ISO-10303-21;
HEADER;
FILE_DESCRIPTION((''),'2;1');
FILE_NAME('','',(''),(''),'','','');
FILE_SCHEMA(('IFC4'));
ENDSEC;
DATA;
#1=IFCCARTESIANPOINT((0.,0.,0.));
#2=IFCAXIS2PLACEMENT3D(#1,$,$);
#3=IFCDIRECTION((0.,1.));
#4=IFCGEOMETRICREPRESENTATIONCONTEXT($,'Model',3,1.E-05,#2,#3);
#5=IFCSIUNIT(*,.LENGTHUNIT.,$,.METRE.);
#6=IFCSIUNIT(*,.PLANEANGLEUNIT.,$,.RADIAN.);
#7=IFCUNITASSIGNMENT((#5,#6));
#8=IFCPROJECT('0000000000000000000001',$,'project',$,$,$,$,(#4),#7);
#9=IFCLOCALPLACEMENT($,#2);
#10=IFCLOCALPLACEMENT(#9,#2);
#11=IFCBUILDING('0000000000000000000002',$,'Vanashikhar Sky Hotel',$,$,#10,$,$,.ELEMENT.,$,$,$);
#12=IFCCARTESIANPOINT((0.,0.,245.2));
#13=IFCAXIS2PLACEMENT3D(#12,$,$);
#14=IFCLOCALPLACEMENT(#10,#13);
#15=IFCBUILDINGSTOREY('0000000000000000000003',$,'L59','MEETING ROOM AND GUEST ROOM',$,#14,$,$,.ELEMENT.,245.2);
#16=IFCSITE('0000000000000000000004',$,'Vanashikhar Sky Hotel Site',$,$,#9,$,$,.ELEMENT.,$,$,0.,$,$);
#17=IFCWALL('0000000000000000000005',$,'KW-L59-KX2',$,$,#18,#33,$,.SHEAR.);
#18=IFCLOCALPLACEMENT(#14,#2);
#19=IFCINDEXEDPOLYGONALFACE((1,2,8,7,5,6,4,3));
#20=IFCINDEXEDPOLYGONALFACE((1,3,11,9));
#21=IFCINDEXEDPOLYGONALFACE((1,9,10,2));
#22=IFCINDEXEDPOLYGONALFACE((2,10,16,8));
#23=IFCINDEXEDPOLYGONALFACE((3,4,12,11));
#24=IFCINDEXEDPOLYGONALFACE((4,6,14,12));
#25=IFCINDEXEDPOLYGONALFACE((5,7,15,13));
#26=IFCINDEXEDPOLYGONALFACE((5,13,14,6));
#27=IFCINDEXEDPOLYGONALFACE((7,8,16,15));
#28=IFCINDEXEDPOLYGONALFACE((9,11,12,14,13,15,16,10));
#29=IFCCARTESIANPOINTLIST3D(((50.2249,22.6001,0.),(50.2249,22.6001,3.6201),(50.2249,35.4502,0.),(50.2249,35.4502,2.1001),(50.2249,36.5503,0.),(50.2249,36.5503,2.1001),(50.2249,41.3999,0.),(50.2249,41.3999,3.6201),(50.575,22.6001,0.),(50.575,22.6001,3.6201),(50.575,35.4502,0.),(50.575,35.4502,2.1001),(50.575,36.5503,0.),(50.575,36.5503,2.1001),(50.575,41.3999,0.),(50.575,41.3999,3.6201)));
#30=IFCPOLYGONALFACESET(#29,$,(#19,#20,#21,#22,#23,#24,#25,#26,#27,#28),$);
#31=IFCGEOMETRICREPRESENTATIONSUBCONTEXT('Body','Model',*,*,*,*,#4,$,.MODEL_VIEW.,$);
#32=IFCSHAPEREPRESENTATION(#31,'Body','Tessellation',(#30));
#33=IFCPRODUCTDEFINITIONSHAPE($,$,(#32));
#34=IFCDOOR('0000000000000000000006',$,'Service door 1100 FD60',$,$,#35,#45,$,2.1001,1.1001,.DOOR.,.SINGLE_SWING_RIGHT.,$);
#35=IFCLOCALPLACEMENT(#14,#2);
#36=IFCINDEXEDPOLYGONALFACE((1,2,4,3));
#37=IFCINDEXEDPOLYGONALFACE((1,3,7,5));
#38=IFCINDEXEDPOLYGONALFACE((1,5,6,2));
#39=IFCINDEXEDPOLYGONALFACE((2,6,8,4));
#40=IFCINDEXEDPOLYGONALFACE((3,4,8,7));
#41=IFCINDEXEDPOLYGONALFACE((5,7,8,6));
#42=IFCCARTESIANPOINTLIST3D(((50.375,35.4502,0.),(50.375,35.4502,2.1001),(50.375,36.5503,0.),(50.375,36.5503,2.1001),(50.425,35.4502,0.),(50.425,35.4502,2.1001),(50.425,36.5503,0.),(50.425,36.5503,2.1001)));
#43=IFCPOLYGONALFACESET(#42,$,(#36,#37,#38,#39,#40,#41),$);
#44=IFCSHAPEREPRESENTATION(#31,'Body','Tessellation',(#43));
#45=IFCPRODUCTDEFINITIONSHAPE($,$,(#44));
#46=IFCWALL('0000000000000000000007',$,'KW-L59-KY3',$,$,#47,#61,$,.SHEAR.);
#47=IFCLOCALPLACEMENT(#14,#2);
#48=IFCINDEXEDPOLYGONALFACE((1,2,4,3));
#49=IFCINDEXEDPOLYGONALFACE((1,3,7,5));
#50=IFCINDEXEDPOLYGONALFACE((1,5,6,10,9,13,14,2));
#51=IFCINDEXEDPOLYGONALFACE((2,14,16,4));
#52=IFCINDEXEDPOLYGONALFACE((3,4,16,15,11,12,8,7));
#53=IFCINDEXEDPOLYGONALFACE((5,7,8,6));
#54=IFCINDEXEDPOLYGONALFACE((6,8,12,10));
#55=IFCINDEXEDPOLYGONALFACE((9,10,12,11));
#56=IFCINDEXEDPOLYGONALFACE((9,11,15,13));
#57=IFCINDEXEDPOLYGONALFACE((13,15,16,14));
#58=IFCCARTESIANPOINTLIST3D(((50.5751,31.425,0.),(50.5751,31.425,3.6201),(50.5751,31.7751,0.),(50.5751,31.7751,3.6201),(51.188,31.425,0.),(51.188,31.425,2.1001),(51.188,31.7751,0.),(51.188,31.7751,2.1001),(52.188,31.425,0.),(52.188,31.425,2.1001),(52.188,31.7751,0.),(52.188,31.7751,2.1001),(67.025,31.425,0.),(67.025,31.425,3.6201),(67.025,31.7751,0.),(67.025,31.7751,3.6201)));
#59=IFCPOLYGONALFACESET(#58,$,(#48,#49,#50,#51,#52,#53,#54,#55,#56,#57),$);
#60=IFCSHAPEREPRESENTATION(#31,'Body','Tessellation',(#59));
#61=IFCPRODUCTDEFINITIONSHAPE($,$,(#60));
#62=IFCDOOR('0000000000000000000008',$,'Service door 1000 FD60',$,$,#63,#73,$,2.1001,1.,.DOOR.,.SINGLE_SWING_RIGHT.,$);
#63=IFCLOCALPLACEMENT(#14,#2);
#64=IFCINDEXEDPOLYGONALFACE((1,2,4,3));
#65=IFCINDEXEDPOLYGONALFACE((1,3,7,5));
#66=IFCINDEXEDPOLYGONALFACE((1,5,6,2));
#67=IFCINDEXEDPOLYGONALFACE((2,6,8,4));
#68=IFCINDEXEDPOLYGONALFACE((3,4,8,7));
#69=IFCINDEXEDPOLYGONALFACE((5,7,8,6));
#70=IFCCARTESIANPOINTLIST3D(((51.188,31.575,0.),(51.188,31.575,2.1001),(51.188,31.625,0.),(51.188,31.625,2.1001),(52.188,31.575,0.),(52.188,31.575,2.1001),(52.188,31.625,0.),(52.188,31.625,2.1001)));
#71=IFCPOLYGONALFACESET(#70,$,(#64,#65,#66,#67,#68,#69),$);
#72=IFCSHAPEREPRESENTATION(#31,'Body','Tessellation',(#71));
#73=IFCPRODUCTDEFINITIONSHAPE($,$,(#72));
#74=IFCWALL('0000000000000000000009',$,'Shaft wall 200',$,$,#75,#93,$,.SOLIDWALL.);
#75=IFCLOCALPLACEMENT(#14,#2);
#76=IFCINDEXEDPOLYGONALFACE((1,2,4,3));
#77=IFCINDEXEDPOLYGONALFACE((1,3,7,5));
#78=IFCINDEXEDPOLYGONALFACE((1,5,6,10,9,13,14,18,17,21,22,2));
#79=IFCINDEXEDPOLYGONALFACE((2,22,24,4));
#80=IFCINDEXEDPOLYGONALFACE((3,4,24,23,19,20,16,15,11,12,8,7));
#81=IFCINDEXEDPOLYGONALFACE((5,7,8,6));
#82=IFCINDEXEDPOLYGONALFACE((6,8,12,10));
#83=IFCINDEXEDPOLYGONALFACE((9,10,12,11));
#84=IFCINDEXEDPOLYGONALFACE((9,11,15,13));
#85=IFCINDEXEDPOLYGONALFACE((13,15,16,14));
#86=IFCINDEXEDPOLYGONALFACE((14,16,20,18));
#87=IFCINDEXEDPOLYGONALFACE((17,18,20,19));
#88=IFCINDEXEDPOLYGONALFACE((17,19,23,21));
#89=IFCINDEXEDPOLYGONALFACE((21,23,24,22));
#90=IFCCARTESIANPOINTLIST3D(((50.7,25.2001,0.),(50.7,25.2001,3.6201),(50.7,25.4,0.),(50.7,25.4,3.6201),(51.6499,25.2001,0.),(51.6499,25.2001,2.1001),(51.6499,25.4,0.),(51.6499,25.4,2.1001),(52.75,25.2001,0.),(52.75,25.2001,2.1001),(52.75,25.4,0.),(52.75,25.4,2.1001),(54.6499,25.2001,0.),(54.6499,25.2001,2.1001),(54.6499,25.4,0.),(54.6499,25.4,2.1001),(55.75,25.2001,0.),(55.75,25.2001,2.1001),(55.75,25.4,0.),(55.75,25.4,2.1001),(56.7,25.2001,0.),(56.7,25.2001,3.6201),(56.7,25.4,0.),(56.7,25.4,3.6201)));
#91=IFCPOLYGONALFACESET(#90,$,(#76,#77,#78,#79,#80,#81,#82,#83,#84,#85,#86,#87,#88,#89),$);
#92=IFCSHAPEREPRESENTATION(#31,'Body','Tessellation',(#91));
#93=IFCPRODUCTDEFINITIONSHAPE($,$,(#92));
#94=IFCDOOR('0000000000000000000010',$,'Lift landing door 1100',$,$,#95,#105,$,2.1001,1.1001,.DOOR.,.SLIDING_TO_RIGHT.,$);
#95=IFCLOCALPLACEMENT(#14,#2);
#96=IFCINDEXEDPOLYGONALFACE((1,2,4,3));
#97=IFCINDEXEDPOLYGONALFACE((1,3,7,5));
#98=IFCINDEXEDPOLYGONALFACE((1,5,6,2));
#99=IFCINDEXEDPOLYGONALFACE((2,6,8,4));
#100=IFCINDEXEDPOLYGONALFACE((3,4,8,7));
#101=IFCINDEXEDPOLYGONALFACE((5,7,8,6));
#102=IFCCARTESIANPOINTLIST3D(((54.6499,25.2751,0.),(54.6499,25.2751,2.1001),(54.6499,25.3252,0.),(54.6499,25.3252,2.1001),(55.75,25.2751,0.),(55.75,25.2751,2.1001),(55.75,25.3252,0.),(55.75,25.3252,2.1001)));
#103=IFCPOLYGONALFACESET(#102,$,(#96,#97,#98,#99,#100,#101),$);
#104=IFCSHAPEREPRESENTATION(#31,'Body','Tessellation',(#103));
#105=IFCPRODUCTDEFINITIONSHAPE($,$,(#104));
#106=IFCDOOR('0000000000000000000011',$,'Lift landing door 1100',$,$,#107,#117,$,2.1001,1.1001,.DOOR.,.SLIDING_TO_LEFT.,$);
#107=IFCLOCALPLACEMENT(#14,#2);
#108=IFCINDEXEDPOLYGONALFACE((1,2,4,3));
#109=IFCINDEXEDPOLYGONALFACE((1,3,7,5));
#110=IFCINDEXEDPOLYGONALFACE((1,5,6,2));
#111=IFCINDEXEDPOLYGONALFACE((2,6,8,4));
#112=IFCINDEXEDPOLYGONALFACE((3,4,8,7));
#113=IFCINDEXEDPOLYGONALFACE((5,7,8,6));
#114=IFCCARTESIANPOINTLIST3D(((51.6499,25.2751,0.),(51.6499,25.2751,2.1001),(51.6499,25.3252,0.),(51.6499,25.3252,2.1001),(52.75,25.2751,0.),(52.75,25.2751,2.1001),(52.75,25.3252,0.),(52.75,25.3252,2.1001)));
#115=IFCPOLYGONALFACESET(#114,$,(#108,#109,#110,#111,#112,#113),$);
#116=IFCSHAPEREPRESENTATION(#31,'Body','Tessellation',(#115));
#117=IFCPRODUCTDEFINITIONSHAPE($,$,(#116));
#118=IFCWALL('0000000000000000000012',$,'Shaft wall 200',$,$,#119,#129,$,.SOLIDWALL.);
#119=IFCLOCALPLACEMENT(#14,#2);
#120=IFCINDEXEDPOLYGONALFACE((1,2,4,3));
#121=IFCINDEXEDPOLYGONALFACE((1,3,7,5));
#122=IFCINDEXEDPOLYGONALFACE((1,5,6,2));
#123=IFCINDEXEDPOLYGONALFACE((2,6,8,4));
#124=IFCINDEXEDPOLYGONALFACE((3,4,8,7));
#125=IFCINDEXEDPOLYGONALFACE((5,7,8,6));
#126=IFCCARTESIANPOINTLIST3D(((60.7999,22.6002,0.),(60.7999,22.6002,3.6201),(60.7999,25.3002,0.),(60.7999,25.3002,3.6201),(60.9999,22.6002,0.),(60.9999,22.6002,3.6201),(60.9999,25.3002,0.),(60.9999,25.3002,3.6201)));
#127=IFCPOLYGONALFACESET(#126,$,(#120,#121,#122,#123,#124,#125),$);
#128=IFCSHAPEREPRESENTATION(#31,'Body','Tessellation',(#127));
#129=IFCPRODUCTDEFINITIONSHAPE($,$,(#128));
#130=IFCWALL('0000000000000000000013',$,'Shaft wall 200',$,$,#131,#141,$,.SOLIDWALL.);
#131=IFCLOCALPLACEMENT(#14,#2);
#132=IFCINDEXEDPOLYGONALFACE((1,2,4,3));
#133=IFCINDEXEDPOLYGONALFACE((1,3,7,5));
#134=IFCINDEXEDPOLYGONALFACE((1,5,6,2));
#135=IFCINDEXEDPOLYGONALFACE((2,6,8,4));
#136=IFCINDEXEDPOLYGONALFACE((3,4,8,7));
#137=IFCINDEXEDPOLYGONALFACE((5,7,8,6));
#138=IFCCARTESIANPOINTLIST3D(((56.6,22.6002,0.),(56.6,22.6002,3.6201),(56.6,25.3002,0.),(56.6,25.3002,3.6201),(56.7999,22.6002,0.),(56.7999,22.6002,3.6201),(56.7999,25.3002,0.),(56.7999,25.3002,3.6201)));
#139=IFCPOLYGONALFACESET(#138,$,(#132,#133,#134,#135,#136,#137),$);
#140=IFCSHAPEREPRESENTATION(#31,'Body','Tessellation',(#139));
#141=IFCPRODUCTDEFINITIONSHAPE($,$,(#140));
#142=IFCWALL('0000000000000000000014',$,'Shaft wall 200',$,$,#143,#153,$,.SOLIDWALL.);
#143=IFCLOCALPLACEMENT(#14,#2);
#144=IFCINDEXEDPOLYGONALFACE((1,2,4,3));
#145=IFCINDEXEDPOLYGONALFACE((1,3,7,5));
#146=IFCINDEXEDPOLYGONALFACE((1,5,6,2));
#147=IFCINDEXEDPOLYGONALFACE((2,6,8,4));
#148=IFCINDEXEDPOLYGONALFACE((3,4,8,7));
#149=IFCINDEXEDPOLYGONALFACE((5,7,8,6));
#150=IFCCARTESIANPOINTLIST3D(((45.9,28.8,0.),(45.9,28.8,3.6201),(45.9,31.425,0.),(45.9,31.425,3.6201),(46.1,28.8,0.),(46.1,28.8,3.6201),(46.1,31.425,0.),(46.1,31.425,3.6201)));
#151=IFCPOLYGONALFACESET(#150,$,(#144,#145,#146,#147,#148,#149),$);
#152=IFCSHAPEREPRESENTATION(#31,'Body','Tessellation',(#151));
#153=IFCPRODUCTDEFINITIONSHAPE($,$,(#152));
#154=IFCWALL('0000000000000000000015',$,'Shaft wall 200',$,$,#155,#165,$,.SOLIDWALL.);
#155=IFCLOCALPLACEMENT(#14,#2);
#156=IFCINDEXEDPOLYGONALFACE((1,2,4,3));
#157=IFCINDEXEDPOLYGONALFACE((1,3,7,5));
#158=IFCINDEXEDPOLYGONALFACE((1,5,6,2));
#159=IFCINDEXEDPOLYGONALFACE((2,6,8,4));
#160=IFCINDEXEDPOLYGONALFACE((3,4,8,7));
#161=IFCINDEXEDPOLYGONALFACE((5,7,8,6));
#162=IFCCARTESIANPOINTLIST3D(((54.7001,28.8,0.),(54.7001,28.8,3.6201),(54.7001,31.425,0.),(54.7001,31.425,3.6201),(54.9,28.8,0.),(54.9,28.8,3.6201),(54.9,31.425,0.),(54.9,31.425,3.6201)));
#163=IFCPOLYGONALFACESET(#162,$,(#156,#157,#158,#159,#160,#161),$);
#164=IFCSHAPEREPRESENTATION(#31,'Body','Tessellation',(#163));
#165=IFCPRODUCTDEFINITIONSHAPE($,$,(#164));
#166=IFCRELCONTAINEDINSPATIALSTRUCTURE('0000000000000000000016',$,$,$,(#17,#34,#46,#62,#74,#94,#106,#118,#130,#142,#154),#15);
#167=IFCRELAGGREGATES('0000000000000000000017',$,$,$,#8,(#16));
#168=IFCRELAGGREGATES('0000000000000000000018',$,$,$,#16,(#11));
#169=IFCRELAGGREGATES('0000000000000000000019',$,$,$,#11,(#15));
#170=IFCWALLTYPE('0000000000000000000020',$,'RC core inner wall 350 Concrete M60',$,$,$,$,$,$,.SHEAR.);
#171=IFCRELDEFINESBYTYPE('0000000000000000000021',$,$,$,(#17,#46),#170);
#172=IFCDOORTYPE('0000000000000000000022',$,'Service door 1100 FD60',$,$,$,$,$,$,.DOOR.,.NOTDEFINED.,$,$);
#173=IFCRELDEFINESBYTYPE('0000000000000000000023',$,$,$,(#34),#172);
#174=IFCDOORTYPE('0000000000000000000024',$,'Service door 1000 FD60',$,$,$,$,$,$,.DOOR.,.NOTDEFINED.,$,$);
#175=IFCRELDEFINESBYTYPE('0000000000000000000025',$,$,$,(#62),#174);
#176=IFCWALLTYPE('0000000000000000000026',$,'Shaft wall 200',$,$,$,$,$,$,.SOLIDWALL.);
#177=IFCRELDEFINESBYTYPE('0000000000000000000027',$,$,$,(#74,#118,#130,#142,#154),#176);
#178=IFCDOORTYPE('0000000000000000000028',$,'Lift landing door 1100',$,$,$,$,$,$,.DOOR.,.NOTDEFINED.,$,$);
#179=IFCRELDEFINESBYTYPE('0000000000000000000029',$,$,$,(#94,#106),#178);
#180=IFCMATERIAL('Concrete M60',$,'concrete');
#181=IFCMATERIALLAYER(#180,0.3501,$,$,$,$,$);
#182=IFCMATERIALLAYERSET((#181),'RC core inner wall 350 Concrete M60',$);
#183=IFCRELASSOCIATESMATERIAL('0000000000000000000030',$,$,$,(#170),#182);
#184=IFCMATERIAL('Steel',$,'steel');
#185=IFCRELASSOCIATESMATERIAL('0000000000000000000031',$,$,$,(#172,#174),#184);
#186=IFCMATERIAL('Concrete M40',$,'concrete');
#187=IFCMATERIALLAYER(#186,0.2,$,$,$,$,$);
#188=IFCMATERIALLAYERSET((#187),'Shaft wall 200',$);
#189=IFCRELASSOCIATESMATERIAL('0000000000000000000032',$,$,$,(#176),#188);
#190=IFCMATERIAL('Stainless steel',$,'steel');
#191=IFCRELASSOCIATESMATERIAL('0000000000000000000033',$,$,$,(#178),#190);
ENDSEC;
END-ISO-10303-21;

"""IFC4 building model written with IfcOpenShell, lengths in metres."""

from ifc_helpers import new_model, si_unit, direction, frame, frame_2d, origin, place, context, subcontext, project, spatial, rectangle, extrude, source, transform, mapped, material, layer, layer_set, type_object, element, fill, save


model = new_model("IFC4")

# Units and contexts
model_context = context("Model", 3, precision=1e-05, world=origin(), true_north=direction((0.0, 1.0)))
body_context = subcontext(model_context, "Body", "Model", "MODEL_VIEW")
ifc_project = project(units=[si_unit("LENGTHUNIT", "METRE"), si_unit("PLANEANGLEUNIT", "RADIAN")], contexts=[model_context])

# Site, building, storey
site_placement = place(None, origin())
site = spatial("IfcSite", under=ifc_project, at=site_placement, Name="Vanashikhar Sky Hotel Site", CompositionType="ELEMENT", RefElevation=0.0)
building_placement = place(site_placement, origin())
building = spatial("IfcBuilding", under=site, at=building_placement, Name="Vanashikhar Sky Hotel", CompositionType="ELEMENT")
storey_placement = place(building_placement, frame((0.0, 0.0, 245.2)))
storey = spatial("IfcBuildingStorey", under=building, at=storey_placement, Name="L59", Description="MEETING ROOM AND GUEST ROOM", CompositionType="ELEMENT", Elevation=245.2)

# Walls, openings, doors
ifc_material_1 = material(Name="Concrete M60", Category="concrete")
ifc_layer_1 = layer(ifc_material_1, 0.3501)
ifc_layer_set_1 = layer_set([ifc_layer_1], Name="RC core inner wall 350 Concrete M60")
wall_type_1 = type_object("IfcWallType", Name="RC core inner wall 350 Concrete M60", PredefinedType="SHEAR", material=ifc_layer_set_1)
shared_shape_1 = source(origin(), body_context, "Body", "SweptSolid", [
    extrude(rectangle(XDim=18.7998, YDim=0.3501, at=frame_2d((9.3999, 0.0))), origin(), (0.0, 0.0, 1.0), 3.6201),
])
wall_1_placement = place(storey_placement, frame((50.3999, 22.6001, 0.0), z_axis=(0.0, 0.0, 1.0), x_axis=(0.0, 1.0, 0.0)))
wall_1 = element("IfcWall", 1, at=wall_1_placement, inside=storey, type_object=wall_type_1, Name="KW-L59-KX2", PredefinedType="SHEAR", context=body_context, shape_type="MappedRepresentation", body=[
    mapped(shared_shape_1, transform((0.0, 0.0, 0.0), scale=1.0)),
])
shared_shape_2 = source(origin(), body_context, "Body", "SweptSolid", [
    extrude(rectangle(XDim=1.1001, YDim=2.1001, at=frame_2d((0.55, 1.05))), frame((0.0, 0.1851, 0.0), z_axis=(0.0, -1.0, 0.0), x_axis=(1.0, 0.0, 0.0)), (0.0, 0.0, 1.0), 0.3701),
])
opening_1_placement = place(wall_1_placement, frame((12.8501, 0.0, 0.0)))
opening_1 = element("IfcOpeningElement", 2, at=opening_1_placement, cuts=wall_1, PredefinedType="OPENING", context=body_context, shape_type="MappedRepresentation", body=[
    mapped(shared_shape_2, transform((0.0, 0.0, 0.0), scale=1.0)),
])
ifc_material_2 = material(Name="Steel", Category="steel")
door_type_1 = type_object("IfcDoorType", Name="Service door 1100 FD60", OperationType="NOTDEFINED", PredefinedType="DOOR", material=ifc_material_2)
shared_shape_3 = source(origin(), body_context, "Body", "SweptSolid", [
    extrude(rectangle(XDim=1.1001, YDim=2.1001, at=frame_2d((0.55, 1.05))), frame((0.0, 0.0249, 0.0), z_axis=(0.0, -1.0, 0.0), x_axis=(1.0, 0.0, 0.0)), (0.0, 0.0, 1.0), 0.05),
])
door_1_placement = place(opening_1_placement, origin())
door_1 = element("IfcDoor", 3, at=door_1_placement, inside=storey, type_object=door_type_1, Name="Service door 1100 FD60", OperationType="SINGLE_SWING_RIGHT", OverallHeight=2.1001, OverallWidth=1.1001, PredefinedType="DOOR", context=body_context, shape_type="MappedRepresentation", body=[
    mapped(shared_shape_3, transform((0.0, 0.0, 0.0), scale=1.0)),
])
fill(opening_1, door_1)
shared_shape_4 = source(origin(), body_context, "Body", "SweptSolid", [
    extrude(rectangle(XDim=16.45, YDim=0.3501, at=frame_2d((8.2251, 0.0))), origin(), (0.0, 0.0, 1.0), 3.6201),
])
wall_2_placement = place(storey_placement, frame((50.575, 31.6001, 0.0), z_axis=(0.0, 0.0, 1.0), x_axis=(1.0, 0.0, 0.0)))
wall_2 = element("IfcWall", 4, at=wall_2_placement, inside=storey, type_object=wall_type_1, Name="KW-L59-KY3", PredefinedType="SHEAR", context=body_context, shape_type="MappedRepresentation", body=[
    mapped(shared_shape_4, transform((0.0, 0.0, 0.0), scale=1.0)),
])
shared_shape_5 = source(origin(), body_context, "Body", "SweptSolid", [
    extrude(rectangle(XDim=1.0, YDim=2.1001, at=frame_2d((0.5, 1.05))), frame((0.0, 0.1851, 0.0), z_axis=(0.0, -1.0, 0.0), x_axis=(1.0, 0.0, 0.0)), (0.0, 0.0, 1.0), 0.3701),
])
opening_2_placement = place(wall_2_placement, frame((0.613, 0.0, 0.0)))
opening_2 = element("IfcOpeningElement", 5, at=opening_2_placement, cuts=wall_2, PredefinedType="OPENING", context=body_context, shape_type="MappedRepresentation", body=[
    mapped(shared_shape_5, transform((0.0, 0.0, 0.0), scale=1.0)),
])
door_type_2 = type_object("IfcDoorType", Name="Service door 1000 FD60", OperationType="NOTDEFINED", PredefinedType="DOOR", material=ifc_material_2)
shared_shape_6 = source(origin(), body_context, "Body", "SweptSolid", [
    extrude(rectangle(XDim=1.0, YDim=2.1001, at=frame_2d((0.5, 1.05))), frame((0.0, 0.0249, 0.0), z_axis=(0.0, -1.0, 0.0), x_axis=(1.0, 0.0, 0.0)), (0.0, 0.0, 1.0), 0.05),
])
door_2_placement = place(opening_2_placement, origin())
door_2 = element("IfcDoor", 6, at=door_2_placement, inside=storey, type_object=door_type_2, Name="Service door 1000 FD60", OperationType="SINGLE_SWING_RIGHT", OverallHeight=2.1001, OverallWidth=1.0, PredefinedType="DOOR", context=body_context, shape_type="MappedRepresentation", body=[
    mapped(shared_shape_6, transform((0.0, 0.0, 0.0), scale=1.0)),
])
fill(opening_2, door_2)

# Wall, openings, doors
ifc_material_3 = material(Name="Concrete M40", Category="concrete")
ifc_layer_2 = layer(ifc_material_3, 0.2)
ifc_layer_set_2 = layer_set([ifc_layer_2], Name="Shaft wall 200")
wall_type_2 = type_object("IfcWallType", Name="Shaft wall 200", PredefinedType="SOLIDWALL", material=ifc_layer_set_2)
shared_shape_7 = source(origin(), body_context, "Body", "SweptSolid", [
    extrude(rectangle(XDim=6.0, YDim=0.2, at=frame_2d((3.0, 0.0))), origin(), (0.0, 0.0, 1.0), 3.6201),
])
wall_3_placement = place(storey_placement, frame((56.7, 25.3, 0.0), z_axis=(0.0, 0.0, 1.0), x_axis=(-1.0, 0.0, 0.0)))
wall_3 = element("IfcWall", 7, at=wall_3_placement, inside=storey, type_object=wall_type_2, Name="Shaft wall 200", PredefinedType="SOLIDWALL", context=body_context, shape_type="MappedRepresentation", body=[
    mapped(shared_shape_7, transform((0.0, 0.0, 0.0), scale=1.0)),
])
shared_shape_8 = source(origin(), body_context, "Body", "SweptSolid", [
    extrude(rectangle(XDim=1.1001, YDim=2.1001, at=frame_2d((0.55, 1.05))), frame((0.0, 0.1099, 0.0), z_axis=(0.0, -1.0, 0.0), x_axis=(1.0, 0.0, 0.0)), (0.0, 0.0, 1.0), 0.22),
])
opening_3_placement = place(wall_3_placement, frame((0.95, 0.0, 0.0)))
opening_3 = element("IfcOpeningElement", 8, at=opening_3_placement, cuts=wall_3, PredefinedType="OPENING", context=body_context, shape_type="MappedRepresentation", body=[
    mapped(shared_shape_8, transform((0.0, 0.0, 0.0), scale=1.0)),
])
opening_4_placement = place(wall_3_placement, frame((3.95, 0.0, 0.0)))
opening_4 = element("IfcOpeningElement", 9, at=opening_4_placement, cuts=wall_3, PredefinedType="OPENING", context=body_context, shape_type="MappedRepresentation", body=[
    mapped(shared_shape_8, transform((0.0, 0.0, 0.0), scale=1.0)),
])
ifc_material_4 = material(Name="Stainless steel", Category="steel")
door_type_3 = type_object("IfcDoorType", Name="Lift landing door 1100", OperationType="NOTDEFINED", PredefinedType="DOOR", material=ifc_material_4)
door_3_placement = place(opening_3_placement, origin())
door_3 = element("IfcDoor", 10, at=door_3_placement, inside=storey, type_object=door_type_3, Name="Lift landing door 1100", OperationType="SLIDING_TO_RIGHT", OverallHeight=2.1001, OverallWidth=1.1001, PredefinedType="DOOR", context=body_context, shape_type="MappedRepresentation", body=[
    mapped(shared_shape_3, transform((0.0, 0.0, 0.0), scale=1.0)),
])
fill(opening_3, door_3)
door_4_placement = place(opening_4_placement, origin())
door_4 = element("IfcDoor", 11, at=door_4_placement, inside=storey, type_object=door_type_3, Name="Lift landing door 1100", OperationType="SLIDING_TO_LEFT", OverallHeight=2.1001, OverallWidth=1.1001, PredefinedType="DOOR", context=body_context, shape_type="MappedRepresentation", body=[
    mapped(shared_shape_3, transform((0.0, 0.0, 0.0), scale=1.0)),
])
fill(opening_4, door_4)

# Walls
shared_shape_9 = source(origin(), body_context, "Body", "SweptSolid", [
    extrude(rectangle(XDim=2.7, YDim=0.2, at=frame_2d((1.3501, 0.0))), origin(), (0.0, 0.0, 1.0), 3.6201),
])
for number, where, z_axis, x_axis, name in (
    (12, (60.8999, 22.6001, 0.0), (0.0, 0.0, 1.0), (0.0, 1.0, 0.0), "Shaft wall 200"),
    (13, (56.7, 22.6001, 0.0), (0.0, 0.0, 1.0), (0.0, 1.0, 0.0), "Shaft wall 200"),
):
    element("IfcWall", number, at=place(storey_placement, frame(where, z_axis=z_axis, x_axis=x_axis)), inside=storey, type_object=wall_type_2, Name=name, PredefinedType="SOLIDWALL", context=body_context, shape_type="MappedRepresentation", body=[
        mapped(shared_shape_9, transform((0.0, 0.0, 0.0), scale=1.0)),
    ])
shared_shape_10 = source(origin(), body_context, "Body", "SweptSolid", [
    extrude(rectangle(XDim=2.625, YDim=0.2, at=frame_2d((1.3125, 0.0))), origin(), (0.0, 0.0, 1.0), 3.6201),
])
for number, where, z_axis, x_axis, name in (
    (14, (46.0, 28.8, 0.0), (0.0, 0.0, 1.0), (0.0, 1.0, 0.0), "Shaft wall 200"),
    (15, (54.8, 28.8, 0.0), (0.0, 0.0, 1.0), (0.0, 1.0, 0.0), "Shaft wall 200"),
):
    element("IfcWall", number, at=place(storey_placement, frame(where, z_axis=z_axis, x_axis=x_axis)), inside=storey, type_object=wall_type_2, Name=name, PredefinedType="SOLIDWALL", context=body_context, shape_type="MappedRepresentation", body=[
        mapped(shared_shape_10, transform((0.0, 0.0, 0.0), scale=1.0)),
    ])

save(model, "model.ifc")
